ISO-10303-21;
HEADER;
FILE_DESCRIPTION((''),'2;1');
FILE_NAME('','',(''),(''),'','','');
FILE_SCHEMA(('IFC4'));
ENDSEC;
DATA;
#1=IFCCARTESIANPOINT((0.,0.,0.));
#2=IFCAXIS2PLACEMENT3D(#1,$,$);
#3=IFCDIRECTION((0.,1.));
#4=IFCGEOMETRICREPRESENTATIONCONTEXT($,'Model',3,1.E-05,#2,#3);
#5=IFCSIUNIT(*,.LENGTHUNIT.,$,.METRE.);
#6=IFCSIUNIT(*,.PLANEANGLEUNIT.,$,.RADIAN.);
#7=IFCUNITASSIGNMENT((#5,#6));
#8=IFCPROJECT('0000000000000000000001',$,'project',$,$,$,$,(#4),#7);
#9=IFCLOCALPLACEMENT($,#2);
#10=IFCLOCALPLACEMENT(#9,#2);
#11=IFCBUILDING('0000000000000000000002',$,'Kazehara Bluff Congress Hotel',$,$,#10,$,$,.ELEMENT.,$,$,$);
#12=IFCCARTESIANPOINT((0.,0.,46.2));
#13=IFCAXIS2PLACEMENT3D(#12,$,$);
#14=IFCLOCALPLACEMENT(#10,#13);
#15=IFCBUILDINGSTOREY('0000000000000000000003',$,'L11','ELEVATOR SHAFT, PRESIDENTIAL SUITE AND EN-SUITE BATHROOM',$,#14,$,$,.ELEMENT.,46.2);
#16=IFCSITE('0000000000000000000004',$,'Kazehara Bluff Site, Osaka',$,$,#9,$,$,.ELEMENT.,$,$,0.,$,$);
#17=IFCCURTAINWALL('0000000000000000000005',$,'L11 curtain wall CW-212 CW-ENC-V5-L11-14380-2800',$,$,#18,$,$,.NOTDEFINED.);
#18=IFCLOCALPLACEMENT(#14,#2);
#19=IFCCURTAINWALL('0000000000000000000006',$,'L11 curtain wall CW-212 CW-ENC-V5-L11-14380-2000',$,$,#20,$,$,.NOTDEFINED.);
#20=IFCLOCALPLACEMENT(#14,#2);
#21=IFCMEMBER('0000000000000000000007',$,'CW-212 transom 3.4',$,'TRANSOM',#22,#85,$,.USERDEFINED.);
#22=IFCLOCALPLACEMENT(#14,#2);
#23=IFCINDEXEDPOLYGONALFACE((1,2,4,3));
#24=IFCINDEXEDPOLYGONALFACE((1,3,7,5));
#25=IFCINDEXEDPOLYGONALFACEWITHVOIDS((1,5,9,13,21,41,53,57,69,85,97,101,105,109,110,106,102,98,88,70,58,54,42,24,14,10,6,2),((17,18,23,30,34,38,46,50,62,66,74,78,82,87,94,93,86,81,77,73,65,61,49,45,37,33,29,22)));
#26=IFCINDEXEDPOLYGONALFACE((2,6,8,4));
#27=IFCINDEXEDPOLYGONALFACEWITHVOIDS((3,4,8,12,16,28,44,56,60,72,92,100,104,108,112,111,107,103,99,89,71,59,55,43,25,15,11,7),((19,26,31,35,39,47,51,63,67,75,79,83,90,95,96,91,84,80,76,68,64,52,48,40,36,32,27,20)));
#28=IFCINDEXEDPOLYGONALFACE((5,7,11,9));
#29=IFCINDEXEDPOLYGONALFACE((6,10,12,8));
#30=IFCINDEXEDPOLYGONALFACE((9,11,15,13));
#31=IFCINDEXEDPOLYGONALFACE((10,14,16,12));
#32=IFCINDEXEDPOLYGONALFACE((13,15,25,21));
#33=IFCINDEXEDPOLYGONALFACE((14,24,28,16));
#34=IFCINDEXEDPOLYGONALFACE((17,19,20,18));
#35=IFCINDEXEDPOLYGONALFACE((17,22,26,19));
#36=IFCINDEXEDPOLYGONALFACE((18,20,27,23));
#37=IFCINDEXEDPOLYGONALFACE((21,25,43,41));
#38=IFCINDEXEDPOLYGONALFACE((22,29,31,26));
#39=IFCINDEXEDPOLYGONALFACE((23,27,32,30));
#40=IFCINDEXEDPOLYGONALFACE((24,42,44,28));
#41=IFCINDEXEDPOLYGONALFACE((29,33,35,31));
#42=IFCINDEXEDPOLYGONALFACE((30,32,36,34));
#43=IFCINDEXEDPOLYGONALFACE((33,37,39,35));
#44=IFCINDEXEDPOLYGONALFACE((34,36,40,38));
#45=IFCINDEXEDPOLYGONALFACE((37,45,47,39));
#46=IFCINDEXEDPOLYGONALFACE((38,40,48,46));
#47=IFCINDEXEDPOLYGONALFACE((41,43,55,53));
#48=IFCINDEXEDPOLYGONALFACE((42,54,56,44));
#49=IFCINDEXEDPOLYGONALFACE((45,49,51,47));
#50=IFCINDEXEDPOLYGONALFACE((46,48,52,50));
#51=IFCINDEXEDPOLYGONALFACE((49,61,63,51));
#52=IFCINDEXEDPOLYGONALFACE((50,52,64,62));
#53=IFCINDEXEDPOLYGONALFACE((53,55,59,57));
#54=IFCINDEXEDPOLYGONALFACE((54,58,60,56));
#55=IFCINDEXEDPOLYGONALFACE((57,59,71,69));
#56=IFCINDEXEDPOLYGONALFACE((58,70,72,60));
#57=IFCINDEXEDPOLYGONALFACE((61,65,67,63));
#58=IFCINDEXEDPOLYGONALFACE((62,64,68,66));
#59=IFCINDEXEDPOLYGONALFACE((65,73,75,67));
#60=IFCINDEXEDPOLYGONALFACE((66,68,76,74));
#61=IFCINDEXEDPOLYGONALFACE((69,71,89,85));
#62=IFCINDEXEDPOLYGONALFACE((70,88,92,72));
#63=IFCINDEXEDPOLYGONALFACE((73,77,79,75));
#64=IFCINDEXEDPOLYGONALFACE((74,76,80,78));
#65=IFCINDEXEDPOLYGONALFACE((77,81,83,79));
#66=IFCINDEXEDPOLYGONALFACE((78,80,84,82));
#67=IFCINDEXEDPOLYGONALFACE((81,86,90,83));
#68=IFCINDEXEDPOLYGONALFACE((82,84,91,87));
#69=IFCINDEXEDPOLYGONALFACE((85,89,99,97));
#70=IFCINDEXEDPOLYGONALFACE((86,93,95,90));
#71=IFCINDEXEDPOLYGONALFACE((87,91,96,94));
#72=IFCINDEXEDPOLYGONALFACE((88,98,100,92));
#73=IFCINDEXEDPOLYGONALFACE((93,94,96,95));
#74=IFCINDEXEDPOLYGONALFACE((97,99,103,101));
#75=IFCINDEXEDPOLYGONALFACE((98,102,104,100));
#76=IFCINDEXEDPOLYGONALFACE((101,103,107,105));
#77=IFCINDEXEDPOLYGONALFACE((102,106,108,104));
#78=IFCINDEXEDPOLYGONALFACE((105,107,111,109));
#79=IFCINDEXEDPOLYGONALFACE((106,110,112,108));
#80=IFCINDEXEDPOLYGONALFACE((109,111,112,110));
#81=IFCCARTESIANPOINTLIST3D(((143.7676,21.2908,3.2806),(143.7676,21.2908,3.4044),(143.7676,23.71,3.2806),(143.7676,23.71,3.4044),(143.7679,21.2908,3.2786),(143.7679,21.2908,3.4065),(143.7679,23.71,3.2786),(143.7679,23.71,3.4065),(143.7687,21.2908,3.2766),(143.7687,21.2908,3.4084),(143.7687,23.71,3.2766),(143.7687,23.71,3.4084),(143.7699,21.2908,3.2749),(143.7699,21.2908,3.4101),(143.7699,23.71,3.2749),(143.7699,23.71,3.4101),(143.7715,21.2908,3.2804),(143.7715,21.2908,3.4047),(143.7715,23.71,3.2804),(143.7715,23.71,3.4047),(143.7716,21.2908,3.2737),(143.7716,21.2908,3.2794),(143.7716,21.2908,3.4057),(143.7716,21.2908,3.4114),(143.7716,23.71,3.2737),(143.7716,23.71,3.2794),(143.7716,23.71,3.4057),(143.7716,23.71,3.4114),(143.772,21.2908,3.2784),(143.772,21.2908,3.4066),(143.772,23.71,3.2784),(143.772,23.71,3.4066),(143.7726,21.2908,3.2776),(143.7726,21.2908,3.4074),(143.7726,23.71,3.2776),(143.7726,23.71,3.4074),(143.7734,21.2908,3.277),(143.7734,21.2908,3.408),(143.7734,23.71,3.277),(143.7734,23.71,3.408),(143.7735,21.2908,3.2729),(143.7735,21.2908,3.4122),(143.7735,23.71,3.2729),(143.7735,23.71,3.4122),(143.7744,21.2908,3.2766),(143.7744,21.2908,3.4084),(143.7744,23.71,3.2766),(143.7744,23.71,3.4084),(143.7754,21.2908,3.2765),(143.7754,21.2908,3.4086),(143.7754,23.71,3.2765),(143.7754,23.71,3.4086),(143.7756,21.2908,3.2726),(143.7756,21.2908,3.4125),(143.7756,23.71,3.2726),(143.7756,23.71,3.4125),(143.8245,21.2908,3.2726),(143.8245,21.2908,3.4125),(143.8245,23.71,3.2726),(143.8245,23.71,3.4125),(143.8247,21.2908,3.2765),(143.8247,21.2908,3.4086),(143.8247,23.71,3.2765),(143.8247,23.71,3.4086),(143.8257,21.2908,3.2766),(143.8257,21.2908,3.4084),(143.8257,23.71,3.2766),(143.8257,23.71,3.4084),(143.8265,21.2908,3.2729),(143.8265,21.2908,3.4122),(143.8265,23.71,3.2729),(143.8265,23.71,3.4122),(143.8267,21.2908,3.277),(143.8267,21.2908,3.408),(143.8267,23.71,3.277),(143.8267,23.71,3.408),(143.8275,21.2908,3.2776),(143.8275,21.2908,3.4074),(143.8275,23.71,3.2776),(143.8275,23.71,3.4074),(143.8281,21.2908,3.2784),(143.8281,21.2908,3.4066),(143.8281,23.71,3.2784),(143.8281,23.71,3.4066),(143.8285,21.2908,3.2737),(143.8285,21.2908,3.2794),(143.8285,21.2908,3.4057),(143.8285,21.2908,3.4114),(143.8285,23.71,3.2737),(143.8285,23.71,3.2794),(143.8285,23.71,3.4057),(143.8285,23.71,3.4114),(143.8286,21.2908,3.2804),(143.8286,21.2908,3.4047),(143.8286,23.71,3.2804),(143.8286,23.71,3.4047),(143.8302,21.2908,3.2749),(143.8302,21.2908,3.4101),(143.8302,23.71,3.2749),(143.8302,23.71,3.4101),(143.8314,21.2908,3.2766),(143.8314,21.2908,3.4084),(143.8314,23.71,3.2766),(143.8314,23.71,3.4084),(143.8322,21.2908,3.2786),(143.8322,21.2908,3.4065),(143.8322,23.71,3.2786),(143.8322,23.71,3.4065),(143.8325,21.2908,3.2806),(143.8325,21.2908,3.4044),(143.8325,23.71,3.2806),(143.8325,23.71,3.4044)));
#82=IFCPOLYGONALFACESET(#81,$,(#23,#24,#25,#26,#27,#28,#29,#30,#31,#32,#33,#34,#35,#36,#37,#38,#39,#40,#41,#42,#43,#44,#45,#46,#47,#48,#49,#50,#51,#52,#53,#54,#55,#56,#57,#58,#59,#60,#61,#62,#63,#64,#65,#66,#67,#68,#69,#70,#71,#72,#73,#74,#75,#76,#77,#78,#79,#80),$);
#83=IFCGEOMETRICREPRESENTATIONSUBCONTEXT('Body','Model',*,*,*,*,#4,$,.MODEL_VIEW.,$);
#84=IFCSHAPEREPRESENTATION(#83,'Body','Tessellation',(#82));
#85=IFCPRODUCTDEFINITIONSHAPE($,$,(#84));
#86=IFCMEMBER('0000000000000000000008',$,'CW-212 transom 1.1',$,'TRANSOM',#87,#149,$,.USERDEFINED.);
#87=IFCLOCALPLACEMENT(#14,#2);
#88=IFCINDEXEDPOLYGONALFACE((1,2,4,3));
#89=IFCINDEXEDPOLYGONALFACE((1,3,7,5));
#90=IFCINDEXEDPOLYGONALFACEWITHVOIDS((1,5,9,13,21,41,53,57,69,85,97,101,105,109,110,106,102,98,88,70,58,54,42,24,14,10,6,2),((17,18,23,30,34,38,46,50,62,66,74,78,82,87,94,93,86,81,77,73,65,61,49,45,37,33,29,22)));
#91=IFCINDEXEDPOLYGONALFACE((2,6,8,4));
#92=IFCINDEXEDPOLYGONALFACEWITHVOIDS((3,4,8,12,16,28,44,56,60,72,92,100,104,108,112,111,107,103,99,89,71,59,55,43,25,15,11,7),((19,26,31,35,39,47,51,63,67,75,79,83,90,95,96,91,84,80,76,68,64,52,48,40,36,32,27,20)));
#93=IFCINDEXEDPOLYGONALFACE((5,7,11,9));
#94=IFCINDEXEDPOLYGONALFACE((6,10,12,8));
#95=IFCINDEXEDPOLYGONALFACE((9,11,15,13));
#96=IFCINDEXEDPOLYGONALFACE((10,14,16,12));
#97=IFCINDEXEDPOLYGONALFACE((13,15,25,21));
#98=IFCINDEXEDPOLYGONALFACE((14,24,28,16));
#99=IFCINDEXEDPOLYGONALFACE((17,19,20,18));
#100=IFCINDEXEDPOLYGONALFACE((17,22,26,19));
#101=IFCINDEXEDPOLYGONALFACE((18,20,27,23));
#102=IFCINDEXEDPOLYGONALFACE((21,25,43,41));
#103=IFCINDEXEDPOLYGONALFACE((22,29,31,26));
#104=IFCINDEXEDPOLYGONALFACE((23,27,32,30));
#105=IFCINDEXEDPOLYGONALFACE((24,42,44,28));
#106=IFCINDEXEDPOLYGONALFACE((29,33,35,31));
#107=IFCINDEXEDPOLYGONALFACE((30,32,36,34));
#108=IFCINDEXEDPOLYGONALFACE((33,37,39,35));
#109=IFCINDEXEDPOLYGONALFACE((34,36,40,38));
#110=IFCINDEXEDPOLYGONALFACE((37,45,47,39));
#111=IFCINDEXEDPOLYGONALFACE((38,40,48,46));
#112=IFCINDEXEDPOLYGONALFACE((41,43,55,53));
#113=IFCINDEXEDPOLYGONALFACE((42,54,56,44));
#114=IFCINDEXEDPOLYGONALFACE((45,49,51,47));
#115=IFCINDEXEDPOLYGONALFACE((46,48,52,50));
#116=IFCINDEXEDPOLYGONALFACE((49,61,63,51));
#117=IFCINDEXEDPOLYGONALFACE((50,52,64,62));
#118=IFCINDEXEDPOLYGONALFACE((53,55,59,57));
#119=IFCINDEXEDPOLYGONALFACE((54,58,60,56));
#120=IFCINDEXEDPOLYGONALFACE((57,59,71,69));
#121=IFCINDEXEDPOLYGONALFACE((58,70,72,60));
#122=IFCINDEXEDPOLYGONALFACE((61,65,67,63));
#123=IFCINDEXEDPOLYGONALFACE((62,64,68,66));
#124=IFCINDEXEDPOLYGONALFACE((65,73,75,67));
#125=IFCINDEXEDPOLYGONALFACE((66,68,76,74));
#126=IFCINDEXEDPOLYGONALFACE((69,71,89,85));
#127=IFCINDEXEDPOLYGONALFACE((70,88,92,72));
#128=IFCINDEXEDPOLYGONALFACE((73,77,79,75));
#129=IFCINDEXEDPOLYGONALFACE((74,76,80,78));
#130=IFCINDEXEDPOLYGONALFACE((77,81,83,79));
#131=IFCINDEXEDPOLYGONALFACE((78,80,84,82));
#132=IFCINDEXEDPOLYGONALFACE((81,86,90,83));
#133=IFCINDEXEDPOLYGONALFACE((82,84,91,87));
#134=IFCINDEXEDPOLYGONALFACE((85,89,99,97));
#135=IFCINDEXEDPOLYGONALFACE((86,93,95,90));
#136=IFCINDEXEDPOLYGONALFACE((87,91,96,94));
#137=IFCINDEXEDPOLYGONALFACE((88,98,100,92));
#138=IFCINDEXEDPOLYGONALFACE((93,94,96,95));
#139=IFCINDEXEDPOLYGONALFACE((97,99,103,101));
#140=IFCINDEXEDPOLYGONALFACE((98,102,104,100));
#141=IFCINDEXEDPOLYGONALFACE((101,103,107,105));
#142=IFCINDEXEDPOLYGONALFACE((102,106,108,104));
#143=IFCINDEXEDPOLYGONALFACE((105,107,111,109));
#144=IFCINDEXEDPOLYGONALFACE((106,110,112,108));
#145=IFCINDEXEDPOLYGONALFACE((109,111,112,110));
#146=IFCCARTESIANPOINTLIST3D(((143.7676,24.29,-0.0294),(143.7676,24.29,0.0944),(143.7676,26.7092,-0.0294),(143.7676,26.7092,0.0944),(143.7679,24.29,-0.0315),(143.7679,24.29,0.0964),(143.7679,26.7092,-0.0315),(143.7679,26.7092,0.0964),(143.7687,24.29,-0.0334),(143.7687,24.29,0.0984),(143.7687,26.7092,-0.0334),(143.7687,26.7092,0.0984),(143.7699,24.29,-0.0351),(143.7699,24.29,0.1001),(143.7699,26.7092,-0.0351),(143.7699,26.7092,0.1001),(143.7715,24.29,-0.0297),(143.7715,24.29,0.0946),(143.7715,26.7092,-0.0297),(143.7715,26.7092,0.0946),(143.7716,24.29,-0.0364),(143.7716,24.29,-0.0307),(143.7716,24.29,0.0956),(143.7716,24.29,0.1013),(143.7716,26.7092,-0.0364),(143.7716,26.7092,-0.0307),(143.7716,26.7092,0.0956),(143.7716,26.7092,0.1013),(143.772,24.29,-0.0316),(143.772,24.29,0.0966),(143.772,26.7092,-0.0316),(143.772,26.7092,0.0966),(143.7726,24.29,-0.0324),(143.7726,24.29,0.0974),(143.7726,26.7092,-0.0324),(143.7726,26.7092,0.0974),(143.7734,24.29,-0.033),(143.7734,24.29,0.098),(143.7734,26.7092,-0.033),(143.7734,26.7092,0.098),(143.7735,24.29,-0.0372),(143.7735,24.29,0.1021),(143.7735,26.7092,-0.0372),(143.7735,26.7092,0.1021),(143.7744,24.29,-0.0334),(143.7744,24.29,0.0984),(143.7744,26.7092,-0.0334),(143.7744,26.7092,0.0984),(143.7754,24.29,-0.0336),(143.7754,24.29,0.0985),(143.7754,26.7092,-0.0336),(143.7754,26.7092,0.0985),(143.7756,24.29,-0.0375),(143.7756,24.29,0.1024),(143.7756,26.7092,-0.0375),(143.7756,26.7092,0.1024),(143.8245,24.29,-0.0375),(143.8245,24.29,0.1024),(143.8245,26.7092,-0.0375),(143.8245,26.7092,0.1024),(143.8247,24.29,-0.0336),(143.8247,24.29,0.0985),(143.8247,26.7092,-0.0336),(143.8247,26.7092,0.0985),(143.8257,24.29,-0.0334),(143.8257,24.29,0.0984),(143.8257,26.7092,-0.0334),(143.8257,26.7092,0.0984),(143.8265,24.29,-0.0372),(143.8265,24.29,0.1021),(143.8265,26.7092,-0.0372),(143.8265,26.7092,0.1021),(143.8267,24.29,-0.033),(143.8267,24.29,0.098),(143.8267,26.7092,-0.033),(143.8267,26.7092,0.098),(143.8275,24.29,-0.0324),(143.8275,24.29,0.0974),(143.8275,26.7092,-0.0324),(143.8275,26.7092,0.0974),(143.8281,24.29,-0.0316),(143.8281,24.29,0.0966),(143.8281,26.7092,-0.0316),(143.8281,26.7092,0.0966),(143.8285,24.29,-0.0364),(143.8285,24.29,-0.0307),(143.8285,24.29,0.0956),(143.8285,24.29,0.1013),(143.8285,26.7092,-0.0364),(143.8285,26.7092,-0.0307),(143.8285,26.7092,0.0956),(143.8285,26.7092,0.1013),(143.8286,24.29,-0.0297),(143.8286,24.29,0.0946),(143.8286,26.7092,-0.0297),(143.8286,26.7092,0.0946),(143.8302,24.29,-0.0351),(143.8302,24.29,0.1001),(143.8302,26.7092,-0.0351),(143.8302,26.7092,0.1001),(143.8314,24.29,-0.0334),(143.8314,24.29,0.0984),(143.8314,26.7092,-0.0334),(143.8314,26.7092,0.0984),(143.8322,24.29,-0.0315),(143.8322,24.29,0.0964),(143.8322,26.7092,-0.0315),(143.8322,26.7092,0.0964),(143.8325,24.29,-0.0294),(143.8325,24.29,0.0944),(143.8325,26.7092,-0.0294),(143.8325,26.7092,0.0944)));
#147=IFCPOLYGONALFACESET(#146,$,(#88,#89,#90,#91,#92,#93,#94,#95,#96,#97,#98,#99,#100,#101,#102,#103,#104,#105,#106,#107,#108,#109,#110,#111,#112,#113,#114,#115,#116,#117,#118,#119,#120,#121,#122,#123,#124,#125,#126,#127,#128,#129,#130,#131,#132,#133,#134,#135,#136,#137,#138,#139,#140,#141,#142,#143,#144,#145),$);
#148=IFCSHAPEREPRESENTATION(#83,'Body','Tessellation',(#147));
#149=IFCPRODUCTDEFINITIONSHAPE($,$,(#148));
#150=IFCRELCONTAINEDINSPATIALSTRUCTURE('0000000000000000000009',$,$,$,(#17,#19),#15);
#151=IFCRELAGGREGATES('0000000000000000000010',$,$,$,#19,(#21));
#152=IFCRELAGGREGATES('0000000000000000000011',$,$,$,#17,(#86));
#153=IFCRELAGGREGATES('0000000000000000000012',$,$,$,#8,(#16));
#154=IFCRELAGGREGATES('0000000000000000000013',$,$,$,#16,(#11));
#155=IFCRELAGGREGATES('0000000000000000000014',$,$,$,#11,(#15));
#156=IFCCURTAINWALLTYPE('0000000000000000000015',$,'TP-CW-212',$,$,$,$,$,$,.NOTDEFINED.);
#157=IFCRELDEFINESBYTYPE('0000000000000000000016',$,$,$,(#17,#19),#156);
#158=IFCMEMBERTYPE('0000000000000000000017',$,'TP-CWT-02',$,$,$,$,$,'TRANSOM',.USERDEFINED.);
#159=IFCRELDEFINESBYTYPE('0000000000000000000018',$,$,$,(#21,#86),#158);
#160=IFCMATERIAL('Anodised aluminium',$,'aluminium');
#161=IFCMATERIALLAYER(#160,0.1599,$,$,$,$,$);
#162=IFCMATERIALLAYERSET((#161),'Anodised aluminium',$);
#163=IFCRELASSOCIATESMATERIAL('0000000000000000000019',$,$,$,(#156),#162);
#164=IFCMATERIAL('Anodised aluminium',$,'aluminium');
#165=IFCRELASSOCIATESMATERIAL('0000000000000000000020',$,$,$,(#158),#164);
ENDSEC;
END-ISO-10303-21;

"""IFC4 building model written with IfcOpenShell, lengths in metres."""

from ifc_helpers import new_model, si_unit, direction, frame, origin, origin_2d, place, context, subcontext, project, spatial, hollow_rectangle, extrude, material, layer, layer_set, material_profile, profile_set, type_object, element, aggregate, save


model = new_model("IFC4")

# Units and contexts
model_context = context("Model", 3, precision=1e-05, world=origin(), true_north=direction((0.0, 1.0)))
body_context = subcontext(model_context, "Body", "Model", "MODEL_VIEW")
ifc_project = project(units=[si_unit("LENGTHUNIT", "METRE"), si_unit("PLANEANGLEUNIT", "RADIAN")], contexts=[model_context])

# Site, building, storey
site_placement = place(None, origin())
site = spatial("IfcSite", under=ifc_project, at=site_placement, Name="Kazehara Bluff Site, Osaka", CompositionType="ELEMENT", RefElevation=0.0)
building_placement = place(site_placement, origin())
building = spatial("IfcBuilding", under=site, at=building_placement, Name="Kazehara Bluff Congress Hotel", CompositionType="ELEMENT")
storey_placement = place(building_placement, frame((0.0, 0.0, 46.2)))
storey = spatial("IfcBuildingStorey", under=building, at=storey_placement, Name="L11", Description="ELEVATOR SHAFT, PRESIDENTIAL SUITE AND EN-SUITE BATHROOM", CompositionType="ELEMENT", Elevation=46.2)

# Curtain wall
ifc_material_1 = material(Name="Anodised aluminium", Category="aluminium")
ifc_layer_1 = layer(ifc_material_1, 0.1599)
ifc_layer_set_1 = layer_set([ifc_layer_1], Name="Anodised aluminium")
curtain_wall_type = type_object("IfcCurtainWallType", Name="TP-CW-212", PredefinedType="NOTDEFINED", material=ifc_layer_set_1)
curtain_wall_1_placement = place(storey_placement, origin())
curtain_wall_1 = element("IfcCurtainWall", 1, at=curtain_wall_1_placement, inside=storey, type_object=curtain_wall_type, Name="L11 curtain wall CW-212 CW-ENC-V5-L11-14380-2800", PredefinedType="NOTDEFINED")

# Curtain wall, member
curtain_wall_2_placement = place(storey_placement, origin())
curtain_wall_2 = element("IfcCurtainWall", 2, at=curtain_wall_2_placement, inside=storey, type_object=curtain_wall_type, Name="L11 curtain wall CW-212 CW-ENC-V5-L11-14380-2000", PredefinedType="NOTDEFINED")
ifc_material_2 = material(Name="Anodised aluminium", Category="aluminium")
ifc_material_profile_1 = material_profile(ifc_material_2, hollow_rectangle(XDim=0.0649, YDim=0.1399, WallThickness=0.0039, InnerFilletRadius=0.0039, OuterFilletRadius=0.0081, at=origin_2d()))
ifc_profile_set_1 = profile_set([ifc_material_profile_1], Name="Anodised aluminium")
member_type_1 = type_object("IfcMemberType", Name="TP-CWT-02", ElementType="TRANSOM", PredefinedType="USERDEFINED", material=ifc_profile_set_1)
member_1_placement = place(storey_placement, frame((143.8, 21.2908, 3.3425), z_axis=(0.0, 1.0, 0.0), x_axis=(-1.0, 0.0, 0.0)))
member_1 = element("IfcMember", 3, at=member_1_placement, type_object=member_type_1, Name="CW-212 transom 3.4", ObjectType="TRANSOM", PredefinedType="USERDEFINED", context=body_context, shape_type="SweptSolid", body=[
    extrude(hollow_rectangle(XDim=0.0649, YDim=0.1399, WallThickness=0.0039, InnerFilletRadius=0.0039, OuterFilletRadius=0.0081, at=origin_2d()), origin(), (0.0, 0.0, 1.0), 2.4192),
])

# Member
member_2_placement = place(storey_placement, frame((143.8, 24.29, 0.0325), z_axis=(0.0, 1.0, 0.0), x_axis=(-1.0, 0.0, 0.0)))
member_2 = element("IfcMember", 4, at=member_2_placement, type_object=member_type_1, Name="CW-212 transom 1.1", ObjectType="TRANSOM", PredefinedType="USERDEFINED", context=body_context, shape_type="SweptSolid", body=[
    extrude(hollow_rectangle(XDim=0.0649, YDim=0.1399, WallThickness=0.0039, InnerFilletRadius=0.0039, OuterFilletRadius=0.0081, at=origin_2d()), origin(), (0.0, 0.0, 1.0), 2.4192),
])

aggregate(curtain_wall_2, [member_1])
aggregate(curtain_wall_1, [member_2])

save(model, "model.ifc")
